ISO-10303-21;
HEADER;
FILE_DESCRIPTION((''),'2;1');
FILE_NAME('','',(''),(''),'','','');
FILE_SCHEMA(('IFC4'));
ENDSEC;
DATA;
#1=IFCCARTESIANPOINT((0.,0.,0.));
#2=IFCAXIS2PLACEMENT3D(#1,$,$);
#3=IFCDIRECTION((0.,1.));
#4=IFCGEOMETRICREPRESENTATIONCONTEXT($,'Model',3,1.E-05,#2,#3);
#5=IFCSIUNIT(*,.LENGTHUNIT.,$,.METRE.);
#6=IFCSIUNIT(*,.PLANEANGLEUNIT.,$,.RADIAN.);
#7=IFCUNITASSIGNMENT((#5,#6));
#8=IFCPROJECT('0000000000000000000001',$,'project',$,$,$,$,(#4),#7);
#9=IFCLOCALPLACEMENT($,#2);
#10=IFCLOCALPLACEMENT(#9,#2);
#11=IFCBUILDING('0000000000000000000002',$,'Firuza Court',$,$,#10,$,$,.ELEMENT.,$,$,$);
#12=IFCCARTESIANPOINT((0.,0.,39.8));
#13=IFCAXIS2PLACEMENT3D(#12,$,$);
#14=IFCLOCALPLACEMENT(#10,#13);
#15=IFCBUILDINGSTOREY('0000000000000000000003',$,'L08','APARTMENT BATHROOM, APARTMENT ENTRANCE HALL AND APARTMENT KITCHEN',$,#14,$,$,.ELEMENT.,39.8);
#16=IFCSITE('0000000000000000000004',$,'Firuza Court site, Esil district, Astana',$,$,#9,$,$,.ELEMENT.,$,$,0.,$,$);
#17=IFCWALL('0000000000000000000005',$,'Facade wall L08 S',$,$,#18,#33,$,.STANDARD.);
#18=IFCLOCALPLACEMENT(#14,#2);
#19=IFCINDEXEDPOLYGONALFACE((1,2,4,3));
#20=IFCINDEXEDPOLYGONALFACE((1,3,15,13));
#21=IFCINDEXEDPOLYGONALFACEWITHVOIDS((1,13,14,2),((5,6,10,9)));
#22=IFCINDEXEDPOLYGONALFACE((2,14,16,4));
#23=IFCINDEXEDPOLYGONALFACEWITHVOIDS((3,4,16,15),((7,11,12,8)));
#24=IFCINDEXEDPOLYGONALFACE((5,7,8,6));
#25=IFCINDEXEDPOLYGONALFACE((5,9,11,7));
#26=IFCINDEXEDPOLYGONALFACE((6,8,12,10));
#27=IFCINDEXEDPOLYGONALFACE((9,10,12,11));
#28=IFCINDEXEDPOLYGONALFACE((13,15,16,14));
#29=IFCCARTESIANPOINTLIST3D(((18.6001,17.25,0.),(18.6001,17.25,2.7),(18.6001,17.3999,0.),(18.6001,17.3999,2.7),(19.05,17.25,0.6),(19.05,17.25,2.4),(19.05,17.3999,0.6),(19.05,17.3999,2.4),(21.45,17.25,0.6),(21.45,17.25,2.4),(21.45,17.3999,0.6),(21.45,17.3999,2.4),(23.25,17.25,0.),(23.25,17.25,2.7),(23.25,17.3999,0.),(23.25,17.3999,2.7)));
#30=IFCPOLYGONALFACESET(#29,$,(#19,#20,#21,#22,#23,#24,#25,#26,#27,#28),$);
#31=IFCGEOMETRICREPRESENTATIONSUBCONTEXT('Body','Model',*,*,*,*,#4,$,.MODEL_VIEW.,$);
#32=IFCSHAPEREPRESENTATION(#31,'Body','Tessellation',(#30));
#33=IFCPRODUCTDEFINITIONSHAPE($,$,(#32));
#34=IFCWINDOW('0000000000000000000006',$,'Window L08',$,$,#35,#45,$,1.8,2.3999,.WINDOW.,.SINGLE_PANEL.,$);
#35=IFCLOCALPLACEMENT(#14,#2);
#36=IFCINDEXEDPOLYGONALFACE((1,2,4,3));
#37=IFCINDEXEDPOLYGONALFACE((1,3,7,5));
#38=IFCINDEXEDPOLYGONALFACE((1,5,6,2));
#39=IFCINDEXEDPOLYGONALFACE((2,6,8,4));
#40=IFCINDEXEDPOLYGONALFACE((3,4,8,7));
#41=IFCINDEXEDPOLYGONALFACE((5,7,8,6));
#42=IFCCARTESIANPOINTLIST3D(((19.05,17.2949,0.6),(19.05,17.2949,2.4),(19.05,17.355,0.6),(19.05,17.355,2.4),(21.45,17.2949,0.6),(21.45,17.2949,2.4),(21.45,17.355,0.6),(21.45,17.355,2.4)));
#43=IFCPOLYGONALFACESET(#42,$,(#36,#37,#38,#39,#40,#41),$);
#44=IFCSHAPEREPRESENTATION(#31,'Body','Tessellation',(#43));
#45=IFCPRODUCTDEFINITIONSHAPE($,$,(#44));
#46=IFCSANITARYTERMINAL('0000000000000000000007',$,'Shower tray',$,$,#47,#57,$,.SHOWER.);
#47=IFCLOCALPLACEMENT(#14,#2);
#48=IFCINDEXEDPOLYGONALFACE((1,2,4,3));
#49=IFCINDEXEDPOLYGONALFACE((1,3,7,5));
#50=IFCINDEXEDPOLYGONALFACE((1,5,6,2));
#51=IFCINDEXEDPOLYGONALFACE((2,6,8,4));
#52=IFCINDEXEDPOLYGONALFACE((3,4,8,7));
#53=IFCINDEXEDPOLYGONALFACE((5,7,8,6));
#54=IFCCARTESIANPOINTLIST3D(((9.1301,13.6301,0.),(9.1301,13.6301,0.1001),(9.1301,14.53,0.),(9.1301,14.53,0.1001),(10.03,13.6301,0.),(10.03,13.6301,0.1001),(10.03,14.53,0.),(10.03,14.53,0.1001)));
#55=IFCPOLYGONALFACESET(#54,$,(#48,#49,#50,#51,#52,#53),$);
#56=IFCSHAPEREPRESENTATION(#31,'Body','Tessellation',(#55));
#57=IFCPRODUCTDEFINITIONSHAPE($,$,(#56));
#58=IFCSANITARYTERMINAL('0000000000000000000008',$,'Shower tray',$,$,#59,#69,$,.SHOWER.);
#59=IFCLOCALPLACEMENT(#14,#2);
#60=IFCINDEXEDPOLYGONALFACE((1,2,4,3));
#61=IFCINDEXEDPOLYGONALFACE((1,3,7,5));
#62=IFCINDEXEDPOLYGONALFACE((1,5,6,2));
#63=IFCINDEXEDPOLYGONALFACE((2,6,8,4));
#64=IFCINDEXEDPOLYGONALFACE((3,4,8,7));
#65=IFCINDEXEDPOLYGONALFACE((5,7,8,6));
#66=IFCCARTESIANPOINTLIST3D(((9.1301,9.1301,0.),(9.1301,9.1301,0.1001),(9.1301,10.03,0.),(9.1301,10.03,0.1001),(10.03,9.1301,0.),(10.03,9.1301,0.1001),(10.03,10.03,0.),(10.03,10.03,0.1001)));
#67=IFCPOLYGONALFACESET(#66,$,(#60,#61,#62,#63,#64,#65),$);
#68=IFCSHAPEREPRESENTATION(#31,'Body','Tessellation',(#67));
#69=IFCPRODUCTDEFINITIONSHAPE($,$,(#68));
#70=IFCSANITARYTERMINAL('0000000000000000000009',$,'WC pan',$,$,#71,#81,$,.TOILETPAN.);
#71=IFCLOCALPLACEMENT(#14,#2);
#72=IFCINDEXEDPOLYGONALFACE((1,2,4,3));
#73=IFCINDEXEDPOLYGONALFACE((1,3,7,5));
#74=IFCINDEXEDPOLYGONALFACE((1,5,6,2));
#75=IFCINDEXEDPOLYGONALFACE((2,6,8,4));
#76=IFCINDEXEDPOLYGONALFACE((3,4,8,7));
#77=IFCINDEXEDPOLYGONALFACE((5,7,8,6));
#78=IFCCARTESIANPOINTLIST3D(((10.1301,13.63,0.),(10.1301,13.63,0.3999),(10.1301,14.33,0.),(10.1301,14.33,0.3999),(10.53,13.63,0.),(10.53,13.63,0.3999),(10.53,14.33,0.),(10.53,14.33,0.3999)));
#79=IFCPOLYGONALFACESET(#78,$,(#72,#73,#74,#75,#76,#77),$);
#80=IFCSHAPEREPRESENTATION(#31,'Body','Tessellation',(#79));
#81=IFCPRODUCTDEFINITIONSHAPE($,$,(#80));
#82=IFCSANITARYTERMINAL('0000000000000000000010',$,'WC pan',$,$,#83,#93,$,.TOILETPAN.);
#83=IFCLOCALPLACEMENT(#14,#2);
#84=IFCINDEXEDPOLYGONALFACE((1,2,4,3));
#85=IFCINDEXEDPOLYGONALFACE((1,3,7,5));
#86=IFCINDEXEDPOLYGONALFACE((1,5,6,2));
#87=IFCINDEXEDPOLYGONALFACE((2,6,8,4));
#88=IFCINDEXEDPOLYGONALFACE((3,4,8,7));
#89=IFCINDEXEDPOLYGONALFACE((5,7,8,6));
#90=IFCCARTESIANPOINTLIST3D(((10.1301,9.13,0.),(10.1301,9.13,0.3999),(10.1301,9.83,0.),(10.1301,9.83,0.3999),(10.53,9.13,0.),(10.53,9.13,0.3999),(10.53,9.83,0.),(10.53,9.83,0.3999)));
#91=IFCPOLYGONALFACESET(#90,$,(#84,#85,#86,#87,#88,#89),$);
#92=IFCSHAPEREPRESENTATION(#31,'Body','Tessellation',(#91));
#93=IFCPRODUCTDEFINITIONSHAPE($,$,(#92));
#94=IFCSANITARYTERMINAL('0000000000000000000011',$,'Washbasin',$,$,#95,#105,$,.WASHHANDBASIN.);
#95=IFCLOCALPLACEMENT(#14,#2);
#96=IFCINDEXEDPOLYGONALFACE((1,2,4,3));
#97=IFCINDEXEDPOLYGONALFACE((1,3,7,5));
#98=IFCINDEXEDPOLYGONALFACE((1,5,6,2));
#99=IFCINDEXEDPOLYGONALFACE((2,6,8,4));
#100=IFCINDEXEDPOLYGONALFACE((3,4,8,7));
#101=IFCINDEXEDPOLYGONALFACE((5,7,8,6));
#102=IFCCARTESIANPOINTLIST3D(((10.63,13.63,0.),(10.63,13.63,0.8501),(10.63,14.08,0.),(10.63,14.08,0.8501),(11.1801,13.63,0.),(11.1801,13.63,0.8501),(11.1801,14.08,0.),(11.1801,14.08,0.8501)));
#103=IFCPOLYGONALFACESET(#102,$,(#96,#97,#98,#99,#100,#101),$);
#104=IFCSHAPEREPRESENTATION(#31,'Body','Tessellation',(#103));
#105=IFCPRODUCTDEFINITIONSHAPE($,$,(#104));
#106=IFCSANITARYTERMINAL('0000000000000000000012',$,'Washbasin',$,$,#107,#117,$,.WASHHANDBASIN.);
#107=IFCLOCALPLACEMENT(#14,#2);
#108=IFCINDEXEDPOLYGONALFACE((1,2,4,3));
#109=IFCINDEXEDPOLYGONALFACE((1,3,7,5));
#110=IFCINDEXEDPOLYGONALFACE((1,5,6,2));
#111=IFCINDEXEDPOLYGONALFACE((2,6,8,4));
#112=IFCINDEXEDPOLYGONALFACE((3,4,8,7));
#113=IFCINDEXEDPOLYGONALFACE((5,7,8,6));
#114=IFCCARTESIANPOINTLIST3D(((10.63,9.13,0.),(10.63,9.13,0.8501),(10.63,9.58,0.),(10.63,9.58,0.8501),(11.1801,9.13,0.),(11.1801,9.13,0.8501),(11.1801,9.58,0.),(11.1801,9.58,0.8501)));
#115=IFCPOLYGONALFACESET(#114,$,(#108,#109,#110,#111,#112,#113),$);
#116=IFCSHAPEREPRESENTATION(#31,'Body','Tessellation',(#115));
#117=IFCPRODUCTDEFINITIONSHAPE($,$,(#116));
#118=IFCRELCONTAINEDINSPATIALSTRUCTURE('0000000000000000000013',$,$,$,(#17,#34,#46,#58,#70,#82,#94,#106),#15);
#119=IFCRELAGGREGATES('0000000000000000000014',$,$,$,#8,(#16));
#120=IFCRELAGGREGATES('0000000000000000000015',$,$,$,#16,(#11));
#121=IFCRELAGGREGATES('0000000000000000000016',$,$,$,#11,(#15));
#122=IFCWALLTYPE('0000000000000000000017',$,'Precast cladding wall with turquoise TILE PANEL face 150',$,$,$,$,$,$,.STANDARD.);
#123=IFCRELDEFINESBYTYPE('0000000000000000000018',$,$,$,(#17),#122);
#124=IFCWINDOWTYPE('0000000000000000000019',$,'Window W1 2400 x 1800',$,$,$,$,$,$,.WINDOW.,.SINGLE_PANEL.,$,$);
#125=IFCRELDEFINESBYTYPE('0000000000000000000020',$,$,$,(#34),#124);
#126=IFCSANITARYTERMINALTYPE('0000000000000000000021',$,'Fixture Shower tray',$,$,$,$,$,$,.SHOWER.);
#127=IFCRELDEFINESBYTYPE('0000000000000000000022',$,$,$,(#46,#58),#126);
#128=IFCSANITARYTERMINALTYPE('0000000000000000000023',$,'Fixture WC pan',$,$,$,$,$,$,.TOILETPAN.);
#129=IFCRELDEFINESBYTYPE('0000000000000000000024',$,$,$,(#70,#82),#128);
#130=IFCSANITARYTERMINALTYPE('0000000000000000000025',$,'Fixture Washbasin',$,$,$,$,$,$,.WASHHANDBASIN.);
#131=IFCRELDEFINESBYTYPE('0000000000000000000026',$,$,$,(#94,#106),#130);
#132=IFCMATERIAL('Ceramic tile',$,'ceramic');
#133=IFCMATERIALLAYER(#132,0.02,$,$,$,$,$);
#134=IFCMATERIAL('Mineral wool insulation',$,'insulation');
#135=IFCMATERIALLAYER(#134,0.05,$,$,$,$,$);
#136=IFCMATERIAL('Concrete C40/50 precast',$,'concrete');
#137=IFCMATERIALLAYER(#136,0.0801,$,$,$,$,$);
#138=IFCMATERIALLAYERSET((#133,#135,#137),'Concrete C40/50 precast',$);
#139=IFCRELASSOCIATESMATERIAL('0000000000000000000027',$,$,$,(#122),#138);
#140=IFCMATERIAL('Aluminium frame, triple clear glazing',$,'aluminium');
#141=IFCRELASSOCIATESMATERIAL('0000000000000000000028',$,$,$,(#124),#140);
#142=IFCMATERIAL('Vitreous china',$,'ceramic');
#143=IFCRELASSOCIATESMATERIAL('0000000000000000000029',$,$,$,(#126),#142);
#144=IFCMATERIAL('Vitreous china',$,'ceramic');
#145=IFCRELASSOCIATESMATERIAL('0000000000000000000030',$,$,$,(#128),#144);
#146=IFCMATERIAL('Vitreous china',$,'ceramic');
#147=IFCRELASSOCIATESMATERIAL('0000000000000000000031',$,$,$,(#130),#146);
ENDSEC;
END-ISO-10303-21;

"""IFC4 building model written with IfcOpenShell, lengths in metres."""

from ifc_helpers import new_model, si_unit, direction, frame, frame_2d, origin, origin_2d, place, context, subcontext, project, spatial, rectangle, extrude, material, layer, layer_set, type_object, element, fill, save


model = new_model("IFC4")

# Units and contexts
model_context = context("Model", 3, precision=1e-05, world=origin(), true_north=direction((0.0, 1.0)))
body_context = subcontext(model_context, "Body", "Model", "MODEL_VIEW")
ifc_project = project(units=[si_unit("LENGTHUNIT", "METRE"), si_unit("PLANEANGLEUNIT", "RADIAN")], contexts=[model_context])

# Site, building, storey
site_placement = place(None, origin())
site = spatial("IfcSite", under=ifc_project, at=site_placement, Name="Firuza Court site, Esil district, Astana", CompositionType="ELEMENT", RefElevation=0.0)
building_placement = place(site_placement, origin())
building = spatial("IfcBuilding", under=site, at=building_placement, Name="Firuza Court", CompositionType="ELEMENT")
storey_placement = place(building_placement, frame((0.0, 0.0, 39.8)))
storey = spatial("IfcBuildingStorey", under=building, at=storey_placement, Name="L08", Description="APARTMENT BATHROOM, APARTMENT ENTRANCE HALL AND APARTMENT KITCHEN", CompositionType="ELEMENT", Elevation=39.8)

# Wall, opening, window
ifc_material_1 = material(Name="Ceramic tile", Category="ceramic")
ifc_layer_1 = layer(ifc_material_1, 0.02)
ifc_material_2 = material(Name="Mineral wool insulation", Category="insulation")
ifc_layer_2 = layer(ifc_material_2, 0.05)
ifc_material_3 = material(Name="Concrete C40/50 precast", Category="concrete")
ifc_layer_3 = layer(ifc_material_3, 0.0801)
ifc_layer_set_1 = layer_set([ifc_layer_1, ifc_layer_2, ifc_layer_3], Name="Concrete C40/50 precast")
wall_type_1 = type_object("IfcWallType", Name="Precast cladding wall with turquoise TILE PANEL face 150", PredefinedType="STANDARD", material=ifc_layer_set_1)
wall_1_placement = place(storey_placement, frame((18.6001, 17.325, 0.0), z_axis=(0.0, 0.0, 1.0), x_axis=(1.0, 0.0, 0.0)))
wall_1 = element("IfcWall", 1, at=wall_1_placement, inside=storey, type_object=wall_type_1, Name="Facade wall L08 S", PredefinedType="STANDARD", context=body_context, shape_type="SweptSolid", body=[
    extrude(rectangle(XDim=4.6499, YDim=0.1499, at=frame_2d((2.325, 0.0))), origin(), (0.0, 0.0, 1.0), 2.7),
])
opening_1_placement = place(wall_1_placement, frame((0.45, 0.0, 0.6001)))
opening_1 = element("IfcOpeningElement", 2, at=opening_1_placement, cuts=wall_1, PredefinedType="OPENING", context=body_context, shape_type="SweptSolid", body=[
    extrude(rectangle(XDim=2.3999, YDim=1.8, at=frame_2d((1.2, 0.8999))), frame((0.0, 0.0869, 0.0), z_axis=(0.0, -1.0, 0.0), x_axis=(1.0, 0.0, 0.0)), (0.0, 0.0, 1.0), 0.1738),
])
ifc_material_4 = material(Name="Aluminium frame, triple clear glazing", Category="aluminium")
window_type = type_object("IfcWindowType", Name="Window W1 2400 x 1800", PartitioningType="SINGLE_PANEL", PredefinedType="WINDOW", material=ifc_material_4)
window_placement = place(opening_1_placement, origin())
window = element("IfcWindow", 3, at=window_placement, inside=storey, type_object=window_type, Name="Window L08", OverallHeight=1.8, OverallWidth=2.3999, PartitioningType="SINGLE_PANEL", PredefinedType="WINDOW", context=body_context, shape_type="SweptSolid", body=[
    extrude(rectangle(XDim=2.3999, YDim=1.8, at=frame_2d((1.2, 0.8999))), frame((0.0, 0.03, 0.0), z_axis=(0.0, -1.0, 0.0), x_axis=(1.0, 0.0, 0.0)), (0.0, 0.0, 1.0), 0.0601),
])
fill(opening_1, window)

# Sanitary terminals
ifc_material_5 = material(Name="Vitreous china", Category="ceramic")
sanitary_terminal_type_1 = type_object("IfcSanitaryTerminalType", Name="Fixture Shower tray", PredefinedType="SHOWER", material=ifc_material_5)
for number, where, z_axis, x_axis, name in (
    (4, (9.5801, 14.0801, 0.0), (0.0, 0.0, 1.0), (1.0, 0.0, 0.0), "Shower tray"),
    (5, (9.5801, 9.5801, 0.0), (0.0, 0.0, 1.0), (1.0, 0.0, 0.0), "Shower tray"),
):
    element("IfcSanitaryTerminal", number, at=place(storey_placement, frame(where, z_axis=z_axis, x_axis=x_axis)), inside=storey, type_object=sanitary_terminal_type_1, Name=name, PredefinedType="SHOWER", context=body_context, shape_type="SweptSolid", body=[
        extrude(rectangle(XDim=0.8999, YDim=0.8999, at=origin_2d()), origin(), (0.0, 0.0, 1.0), 0.1001),
    ])
ifc_material_6 = material(Name="Vitreous china", Category="ceramic")
sanitary_terminal_type_2 = type_object("IfcSanitaryTerminalType", Name="Fixture WC pan", PredefinedType="TOILETPAN", material=ifc_material_6)
for number, where, z_axis, x_axis, name in (
    (6, (10.3301, 13.98, 0.0), (0.0, 0.0, 1.0), (1.0, 0.0, 0.0), "WC pan"),
    (7, (10.3301, 9.48, 0.0), (0.0, 0.0, 1.0), (1.0, 0.0, 0.0), "WC pan"),
):
    element("IfcSanitaryTerminal", number, at=place(storey_placement, frame(where, z_axis=z_axis, x_axis=x_axis)), inside=storey, type_object=sanitary_terminal_type_2, Name=name, PredefinedType="TOILETPAN", context=body_context, shape_type="SweptSolid", body=[
        extrude(rectangle(XDim=0.3999, YDim=0.7, at=origin_2d()), origin(), (0.0, 0.0, 1.0), 0.3999),
    ])
ifc_material_7 = material(Name="Vitreous china", Category="ceramic")
sanitary_terminal_type_3 = type_object("IfcSanitaryTerminalType", Name="Fixture Washbasin", PredefinedType="WASHHANDBASIN", material=ifc_material_7)
for number, where, z_axis, x_axis, name in (
    (8, (10.905, 13.855, 0.0), (0.0, 0.0, 1.0), (1.0, 0.0, 0.0), "Washbasin"),
    (9, (10.905, 9.355, 0.0), (0.0, 0.0, 1.0), (1.0, 0.0, 0.0), "Washbasin"),
):
    element("IfcSanitaryTerminal", number, at=place(storey_placement, frame(where, z_axis=z_axis, x_axis=x_axis)), inside=storey, type_object=sanitary_terminal_type_3, Name=name, PredefinedType="WASHHANDBASIN", context=body_context, shape_type="SweptSolid", body=[
        extrude(rectangle(XDim=0.55, YDim=0.45, at=origin_2d()), origin(), (0.0, 0.0, 1.0), 0.8501),
    ])

save(model, "model.ifc")
